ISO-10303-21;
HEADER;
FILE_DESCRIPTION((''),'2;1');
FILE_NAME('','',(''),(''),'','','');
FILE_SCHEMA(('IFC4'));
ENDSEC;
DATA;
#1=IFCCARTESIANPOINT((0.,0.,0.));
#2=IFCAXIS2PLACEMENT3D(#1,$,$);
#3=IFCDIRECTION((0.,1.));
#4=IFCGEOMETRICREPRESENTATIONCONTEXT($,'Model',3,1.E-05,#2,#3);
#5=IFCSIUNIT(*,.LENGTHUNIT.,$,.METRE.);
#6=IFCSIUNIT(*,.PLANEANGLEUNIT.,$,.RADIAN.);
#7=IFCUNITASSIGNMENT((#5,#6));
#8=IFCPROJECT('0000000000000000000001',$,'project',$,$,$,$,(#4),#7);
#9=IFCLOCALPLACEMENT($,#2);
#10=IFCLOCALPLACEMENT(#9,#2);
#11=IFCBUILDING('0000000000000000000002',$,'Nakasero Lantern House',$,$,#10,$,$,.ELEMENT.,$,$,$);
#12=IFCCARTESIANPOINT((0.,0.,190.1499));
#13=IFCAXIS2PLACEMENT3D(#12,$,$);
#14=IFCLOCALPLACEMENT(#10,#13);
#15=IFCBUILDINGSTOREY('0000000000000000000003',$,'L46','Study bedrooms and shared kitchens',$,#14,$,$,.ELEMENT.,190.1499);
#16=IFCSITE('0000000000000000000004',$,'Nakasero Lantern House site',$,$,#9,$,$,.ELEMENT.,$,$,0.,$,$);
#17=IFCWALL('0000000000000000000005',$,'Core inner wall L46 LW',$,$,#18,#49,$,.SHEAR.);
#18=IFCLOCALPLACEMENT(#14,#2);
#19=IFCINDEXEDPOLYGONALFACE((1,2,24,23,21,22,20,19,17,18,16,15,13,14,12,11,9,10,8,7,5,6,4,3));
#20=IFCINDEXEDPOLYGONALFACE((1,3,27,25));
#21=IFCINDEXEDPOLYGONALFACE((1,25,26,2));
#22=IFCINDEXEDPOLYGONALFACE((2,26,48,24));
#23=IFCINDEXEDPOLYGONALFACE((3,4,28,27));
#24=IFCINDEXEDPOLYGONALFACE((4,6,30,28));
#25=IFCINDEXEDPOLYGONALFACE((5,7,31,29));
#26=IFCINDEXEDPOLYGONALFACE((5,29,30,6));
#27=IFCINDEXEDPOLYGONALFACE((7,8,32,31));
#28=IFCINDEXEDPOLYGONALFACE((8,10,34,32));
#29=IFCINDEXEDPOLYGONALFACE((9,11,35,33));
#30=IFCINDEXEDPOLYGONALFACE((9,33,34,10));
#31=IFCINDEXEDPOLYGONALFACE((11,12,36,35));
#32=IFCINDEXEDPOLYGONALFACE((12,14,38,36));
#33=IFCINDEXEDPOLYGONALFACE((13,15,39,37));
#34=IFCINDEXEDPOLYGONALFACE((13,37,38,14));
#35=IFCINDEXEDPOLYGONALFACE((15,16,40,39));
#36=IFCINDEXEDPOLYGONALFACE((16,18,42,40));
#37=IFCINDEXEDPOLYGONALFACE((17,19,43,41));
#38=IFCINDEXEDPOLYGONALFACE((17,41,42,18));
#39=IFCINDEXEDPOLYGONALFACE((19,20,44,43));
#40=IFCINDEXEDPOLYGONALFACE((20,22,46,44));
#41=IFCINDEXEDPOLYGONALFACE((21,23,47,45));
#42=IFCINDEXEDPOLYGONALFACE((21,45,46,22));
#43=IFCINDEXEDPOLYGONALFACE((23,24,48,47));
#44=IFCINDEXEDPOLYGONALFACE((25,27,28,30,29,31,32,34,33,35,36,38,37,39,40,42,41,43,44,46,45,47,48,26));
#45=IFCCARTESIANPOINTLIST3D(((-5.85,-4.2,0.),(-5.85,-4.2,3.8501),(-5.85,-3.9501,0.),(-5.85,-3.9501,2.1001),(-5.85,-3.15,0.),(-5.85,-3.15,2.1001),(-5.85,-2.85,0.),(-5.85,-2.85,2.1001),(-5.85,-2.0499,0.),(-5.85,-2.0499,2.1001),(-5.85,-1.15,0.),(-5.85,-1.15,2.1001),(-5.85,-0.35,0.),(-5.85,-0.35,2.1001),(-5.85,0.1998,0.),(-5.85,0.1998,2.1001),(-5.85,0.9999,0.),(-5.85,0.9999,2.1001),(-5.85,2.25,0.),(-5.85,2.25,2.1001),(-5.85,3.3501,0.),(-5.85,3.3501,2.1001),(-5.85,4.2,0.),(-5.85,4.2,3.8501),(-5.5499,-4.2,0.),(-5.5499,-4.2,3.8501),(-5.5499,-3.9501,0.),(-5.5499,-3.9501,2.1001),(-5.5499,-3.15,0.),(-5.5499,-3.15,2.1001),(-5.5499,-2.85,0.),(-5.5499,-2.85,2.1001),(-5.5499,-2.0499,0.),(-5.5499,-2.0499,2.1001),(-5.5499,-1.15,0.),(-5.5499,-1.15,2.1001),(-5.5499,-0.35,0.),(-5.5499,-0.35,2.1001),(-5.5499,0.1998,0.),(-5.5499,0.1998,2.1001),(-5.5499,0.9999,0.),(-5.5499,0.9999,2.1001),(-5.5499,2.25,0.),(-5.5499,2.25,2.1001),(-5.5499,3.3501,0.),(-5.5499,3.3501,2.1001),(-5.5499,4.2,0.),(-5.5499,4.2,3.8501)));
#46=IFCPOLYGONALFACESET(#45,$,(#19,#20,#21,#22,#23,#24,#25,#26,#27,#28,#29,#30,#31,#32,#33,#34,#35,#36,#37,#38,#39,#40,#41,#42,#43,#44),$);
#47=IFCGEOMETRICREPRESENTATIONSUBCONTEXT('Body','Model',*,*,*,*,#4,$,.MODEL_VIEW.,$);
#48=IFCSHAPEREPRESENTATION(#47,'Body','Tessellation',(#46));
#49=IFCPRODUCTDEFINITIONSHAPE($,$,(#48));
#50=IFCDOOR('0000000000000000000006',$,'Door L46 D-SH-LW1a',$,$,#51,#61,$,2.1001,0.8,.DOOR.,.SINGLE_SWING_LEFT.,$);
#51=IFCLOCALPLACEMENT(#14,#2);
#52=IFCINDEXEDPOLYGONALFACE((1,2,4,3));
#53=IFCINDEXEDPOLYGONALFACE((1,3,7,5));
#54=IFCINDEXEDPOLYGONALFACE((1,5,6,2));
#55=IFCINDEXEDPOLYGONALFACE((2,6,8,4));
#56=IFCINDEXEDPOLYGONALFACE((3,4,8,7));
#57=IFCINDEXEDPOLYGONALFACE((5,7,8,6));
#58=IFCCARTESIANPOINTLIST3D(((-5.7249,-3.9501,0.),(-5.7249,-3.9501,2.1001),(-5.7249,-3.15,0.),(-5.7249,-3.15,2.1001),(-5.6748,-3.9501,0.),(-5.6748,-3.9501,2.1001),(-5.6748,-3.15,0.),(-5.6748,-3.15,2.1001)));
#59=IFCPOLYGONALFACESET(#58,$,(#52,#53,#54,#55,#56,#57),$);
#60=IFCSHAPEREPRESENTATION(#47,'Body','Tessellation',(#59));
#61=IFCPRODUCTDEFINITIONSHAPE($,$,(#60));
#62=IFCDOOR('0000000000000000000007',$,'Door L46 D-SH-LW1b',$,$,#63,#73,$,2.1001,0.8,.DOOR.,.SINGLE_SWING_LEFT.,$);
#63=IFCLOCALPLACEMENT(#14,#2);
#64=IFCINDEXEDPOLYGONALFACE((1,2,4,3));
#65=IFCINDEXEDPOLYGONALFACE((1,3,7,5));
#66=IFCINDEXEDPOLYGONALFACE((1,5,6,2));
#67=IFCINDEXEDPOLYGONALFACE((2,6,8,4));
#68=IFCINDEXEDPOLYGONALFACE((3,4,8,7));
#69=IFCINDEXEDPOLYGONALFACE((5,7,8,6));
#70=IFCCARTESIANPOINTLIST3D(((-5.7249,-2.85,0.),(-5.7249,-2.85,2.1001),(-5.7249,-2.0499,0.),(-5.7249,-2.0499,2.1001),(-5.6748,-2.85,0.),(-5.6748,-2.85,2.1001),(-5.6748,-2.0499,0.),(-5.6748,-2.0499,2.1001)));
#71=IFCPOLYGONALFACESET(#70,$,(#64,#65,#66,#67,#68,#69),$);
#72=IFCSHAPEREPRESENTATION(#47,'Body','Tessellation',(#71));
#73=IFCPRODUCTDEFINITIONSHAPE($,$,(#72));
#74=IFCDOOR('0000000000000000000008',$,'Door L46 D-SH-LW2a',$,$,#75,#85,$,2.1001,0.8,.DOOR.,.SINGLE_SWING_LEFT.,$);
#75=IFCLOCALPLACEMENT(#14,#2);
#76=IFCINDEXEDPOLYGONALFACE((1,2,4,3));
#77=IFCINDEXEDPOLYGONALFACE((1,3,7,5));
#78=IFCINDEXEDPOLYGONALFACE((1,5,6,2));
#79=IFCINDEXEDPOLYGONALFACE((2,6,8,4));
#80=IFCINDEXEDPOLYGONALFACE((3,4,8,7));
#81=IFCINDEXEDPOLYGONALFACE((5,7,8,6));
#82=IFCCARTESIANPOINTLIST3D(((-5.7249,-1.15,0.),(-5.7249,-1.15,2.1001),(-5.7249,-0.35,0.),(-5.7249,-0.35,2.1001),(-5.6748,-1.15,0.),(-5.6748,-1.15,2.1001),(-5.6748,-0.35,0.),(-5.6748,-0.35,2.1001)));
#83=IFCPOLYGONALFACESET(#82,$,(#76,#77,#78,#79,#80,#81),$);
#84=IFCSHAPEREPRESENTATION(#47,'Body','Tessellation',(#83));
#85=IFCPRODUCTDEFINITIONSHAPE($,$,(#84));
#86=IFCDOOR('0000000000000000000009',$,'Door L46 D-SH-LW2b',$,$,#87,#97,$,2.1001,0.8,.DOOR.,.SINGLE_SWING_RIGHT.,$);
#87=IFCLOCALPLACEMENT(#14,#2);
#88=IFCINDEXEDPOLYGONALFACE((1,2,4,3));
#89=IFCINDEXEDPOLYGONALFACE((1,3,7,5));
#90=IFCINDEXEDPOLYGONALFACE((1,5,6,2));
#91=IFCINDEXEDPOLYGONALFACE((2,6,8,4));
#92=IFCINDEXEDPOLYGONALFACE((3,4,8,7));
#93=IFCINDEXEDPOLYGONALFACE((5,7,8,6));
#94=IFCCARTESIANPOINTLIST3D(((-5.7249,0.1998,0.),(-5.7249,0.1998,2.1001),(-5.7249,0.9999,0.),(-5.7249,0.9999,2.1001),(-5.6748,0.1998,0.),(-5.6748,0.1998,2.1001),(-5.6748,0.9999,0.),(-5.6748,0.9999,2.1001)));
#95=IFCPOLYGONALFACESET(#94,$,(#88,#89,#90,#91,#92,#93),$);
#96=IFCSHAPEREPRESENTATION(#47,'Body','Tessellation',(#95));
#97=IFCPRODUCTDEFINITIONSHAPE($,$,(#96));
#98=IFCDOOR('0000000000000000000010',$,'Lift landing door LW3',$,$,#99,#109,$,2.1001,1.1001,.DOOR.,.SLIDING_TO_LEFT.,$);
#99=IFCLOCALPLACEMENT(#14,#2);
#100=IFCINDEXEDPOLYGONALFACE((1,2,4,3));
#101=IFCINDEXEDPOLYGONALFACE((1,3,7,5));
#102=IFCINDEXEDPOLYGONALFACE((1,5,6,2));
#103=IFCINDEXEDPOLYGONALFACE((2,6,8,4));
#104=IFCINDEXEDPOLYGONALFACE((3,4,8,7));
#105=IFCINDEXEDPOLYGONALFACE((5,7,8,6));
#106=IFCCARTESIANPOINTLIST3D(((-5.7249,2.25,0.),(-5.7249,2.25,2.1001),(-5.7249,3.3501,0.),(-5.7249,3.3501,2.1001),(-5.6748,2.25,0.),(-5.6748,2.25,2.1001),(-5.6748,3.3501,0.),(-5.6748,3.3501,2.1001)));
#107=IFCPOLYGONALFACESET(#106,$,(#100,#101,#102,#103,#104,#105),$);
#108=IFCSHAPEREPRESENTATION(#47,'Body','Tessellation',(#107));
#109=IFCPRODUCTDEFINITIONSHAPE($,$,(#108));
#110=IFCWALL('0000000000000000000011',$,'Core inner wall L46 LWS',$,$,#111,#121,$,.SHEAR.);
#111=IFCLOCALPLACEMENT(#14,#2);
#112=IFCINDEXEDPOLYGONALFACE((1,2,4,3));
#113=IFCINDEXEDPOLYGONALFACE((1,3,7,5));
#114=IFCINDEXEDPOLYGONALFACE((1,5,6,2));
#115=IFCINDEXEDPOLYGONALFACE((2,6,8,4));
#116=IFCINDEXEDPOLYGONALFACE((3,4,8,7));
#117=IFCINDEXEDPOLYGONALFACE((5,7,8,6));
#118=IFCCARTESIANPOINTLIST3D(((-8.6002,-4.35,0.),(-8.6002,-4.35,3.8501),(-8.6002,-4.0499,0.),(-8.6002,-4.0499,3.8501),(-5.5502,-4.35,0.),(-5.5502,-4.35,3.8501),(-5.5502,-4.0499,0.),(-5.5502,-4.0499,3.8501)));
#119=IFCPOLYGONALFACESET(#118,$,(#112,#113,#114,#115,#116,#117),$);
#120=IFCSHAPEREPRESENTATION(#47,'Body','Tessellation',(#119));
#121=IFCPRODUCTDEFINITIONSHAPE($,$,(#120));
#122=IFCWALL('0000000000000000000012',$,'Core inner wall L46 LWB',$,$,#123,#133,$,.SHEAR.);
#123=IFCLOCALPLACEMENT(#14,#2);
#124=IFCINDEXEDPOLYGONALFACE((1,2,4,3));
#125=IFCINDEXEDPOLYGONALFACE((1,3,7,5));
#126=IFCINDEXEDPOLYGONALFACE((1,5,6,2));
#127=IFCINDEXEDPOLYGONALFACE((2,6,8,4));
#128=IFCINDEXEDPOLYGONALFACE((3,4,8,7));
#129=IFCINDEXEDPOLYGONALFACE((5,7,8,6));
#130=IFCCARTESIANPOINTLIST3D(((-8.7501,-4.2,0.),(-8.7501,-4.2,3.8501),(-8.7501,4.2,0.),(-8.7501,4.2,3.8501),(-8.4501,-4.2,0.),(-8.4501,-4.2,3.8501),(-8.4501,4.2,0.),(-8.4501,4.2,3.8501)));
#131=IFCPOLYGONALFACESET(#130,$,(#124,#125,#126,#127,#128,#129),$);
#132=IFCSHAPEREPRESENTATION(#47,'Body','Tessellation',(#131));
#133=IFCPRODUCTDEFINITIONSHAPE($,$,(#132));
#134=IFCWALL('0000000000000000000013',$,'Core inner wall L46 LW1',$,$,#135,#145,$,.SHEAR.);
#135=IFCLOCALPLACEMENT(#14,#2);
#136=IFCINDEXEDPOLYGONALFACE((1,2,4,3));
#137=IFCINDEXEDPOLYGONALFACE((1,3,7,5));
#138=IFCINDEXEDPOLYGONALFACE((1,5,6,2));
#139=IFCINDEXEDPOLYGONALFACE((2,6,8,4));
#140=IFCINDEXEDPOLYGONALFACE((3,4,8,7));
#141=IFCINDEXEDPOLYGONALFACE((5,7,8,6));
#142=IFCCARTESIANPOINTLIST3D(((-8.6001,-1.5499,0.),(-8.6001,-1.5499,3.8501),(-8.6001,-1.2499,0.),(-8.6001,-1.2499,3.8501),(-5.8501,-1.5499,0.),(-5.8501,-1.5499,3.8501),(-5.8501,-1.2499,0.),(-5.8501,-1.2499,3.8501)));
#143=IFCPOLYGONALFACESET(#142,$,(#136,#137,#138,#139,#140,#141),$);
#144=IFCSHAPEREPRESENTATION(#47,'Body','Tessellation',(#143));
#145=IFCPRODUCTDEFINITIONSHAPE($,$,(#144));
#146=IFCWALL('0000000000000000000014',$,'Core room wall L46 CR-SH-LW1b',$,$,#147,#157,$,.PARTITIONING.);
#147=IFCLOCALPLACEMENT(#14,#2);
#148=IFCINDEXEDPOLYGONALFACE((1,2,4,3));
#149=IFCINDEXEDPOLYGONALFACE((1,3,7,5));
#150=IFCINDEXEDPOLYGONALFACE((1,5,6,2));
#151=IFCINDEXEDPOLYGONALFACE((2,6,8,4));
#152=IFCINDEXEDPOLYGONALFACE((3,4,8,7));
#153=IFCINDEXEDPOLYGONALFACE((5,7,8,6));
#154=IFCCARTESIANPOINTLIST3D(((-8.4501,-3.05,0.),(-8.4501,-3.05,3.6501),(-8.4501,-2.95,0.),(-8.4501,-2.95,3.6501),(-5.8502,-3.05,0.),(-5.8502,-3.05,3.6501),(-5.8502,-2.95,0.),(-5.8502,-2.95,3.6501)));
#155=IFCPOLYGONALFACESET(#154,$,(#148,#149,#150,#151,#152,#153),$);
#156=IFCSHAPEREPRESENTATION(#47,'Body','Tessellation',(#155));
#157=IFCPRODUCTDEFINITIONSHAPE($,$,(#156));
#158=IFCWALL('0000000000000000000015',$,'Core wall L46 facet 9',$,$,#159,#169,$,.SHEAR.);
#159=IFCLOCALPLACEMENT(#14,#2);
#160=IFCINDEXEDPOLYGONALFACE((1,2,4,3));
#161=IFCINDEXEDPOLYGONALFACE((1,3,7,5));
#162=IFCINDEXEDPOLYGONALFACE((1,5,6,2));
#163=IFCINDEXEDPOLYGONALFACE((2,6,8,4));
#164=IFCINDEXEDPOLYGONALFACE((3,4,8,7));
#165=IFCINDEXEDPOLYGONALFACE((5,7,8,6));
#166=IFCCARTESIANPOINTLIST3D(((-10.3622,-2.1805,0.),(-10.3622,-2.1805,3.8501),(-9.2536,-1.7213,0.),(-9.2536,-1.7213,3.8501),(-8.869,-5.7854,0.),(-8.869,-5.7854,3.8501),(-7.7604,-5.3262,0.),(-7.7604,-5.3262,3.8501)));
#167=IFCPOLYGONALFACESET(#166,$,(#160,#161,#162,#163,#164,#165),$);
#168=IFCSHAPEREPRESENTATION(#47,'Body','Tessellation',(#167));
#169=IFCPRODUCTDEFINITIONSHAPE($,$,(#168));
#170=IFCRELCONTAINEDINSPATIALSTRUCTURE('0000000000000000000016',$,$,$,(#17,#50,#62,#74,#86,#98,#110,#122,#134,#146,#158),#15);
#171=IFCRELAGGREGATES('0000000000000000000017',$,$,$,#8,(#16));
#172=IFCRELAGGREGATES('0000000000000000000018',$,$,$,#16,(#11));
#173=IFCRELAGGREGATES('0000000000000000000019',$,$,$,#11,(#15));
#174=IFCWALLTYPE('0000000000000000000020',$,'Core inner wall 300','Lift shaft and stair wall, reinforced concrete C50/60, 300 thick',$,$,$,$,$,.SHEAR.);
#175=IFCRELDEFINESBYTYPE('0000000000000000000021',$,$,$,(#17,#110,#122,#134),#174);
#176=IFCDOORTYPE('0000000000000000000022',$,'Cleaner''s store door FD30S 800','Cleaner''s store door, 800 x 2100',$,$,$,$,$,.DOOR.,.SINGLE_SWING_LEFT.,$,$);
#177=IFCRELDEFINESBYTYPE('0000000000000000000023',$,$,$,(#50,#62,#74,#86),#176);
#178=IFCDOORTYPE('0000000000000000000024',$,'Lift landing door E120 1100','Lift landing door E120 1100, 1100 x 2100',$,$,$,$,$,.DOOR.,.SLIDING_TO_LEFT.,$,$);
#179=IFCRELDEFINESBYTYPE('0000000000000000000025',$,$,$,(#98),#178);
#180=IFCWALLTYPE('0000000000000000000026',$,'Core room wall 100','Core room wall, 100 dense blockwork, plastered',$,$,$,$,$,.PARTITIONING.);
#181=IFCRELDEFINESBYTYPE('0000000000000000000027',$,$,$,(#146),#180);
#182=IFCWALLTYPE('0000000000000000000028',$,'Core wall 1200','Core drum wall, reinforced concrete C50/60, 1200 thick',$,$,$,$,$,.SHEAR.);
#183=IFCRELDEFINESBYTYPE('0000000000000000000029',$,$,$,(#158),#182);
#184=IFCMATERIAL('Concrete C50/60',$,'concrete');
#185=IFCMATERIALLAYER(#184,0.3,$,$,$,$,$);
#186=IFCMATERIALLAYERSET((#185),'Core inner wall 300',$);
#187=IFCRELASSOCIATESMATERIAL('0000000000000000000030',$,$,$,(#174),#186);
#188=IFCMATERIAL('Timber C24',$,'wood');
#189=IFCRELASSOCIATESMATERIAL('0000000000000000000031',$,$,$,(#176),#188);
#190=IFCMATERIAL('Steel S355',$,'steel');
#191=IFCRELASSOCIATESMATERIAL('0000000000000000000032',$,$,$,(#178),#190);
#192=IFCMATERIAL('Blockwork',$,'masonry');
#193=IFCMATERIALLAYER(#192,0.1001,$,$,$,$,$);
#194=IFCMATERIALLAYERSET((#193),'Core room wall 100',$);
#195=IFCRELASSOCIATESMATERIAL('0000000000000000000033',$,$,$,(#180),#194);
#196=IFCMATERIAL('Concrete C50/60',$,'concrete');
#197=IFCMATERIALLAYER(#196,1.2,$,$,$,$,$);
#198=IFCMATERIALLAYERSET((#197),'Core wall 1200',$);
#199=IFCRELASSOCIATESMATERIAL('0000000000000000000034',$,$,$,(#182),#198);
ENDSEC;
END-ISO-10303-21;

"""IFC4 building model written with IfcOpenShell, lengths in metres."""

from ifc_helpers import new_model, si_unit, direction, frame, frame_2d, origin, place, context, subcontext, project, spatial, rectangle, extrude, material, layer, layer_set, type_object, element, fill, save


model = new_model("IFC4")

# Units and contexts
model_context = context("Model", 3, precision=1e-05, world=origin(), true_north=direction((0.0, 1.0)))
body_context = subcontext(model_context, "Body", "Model", "MODEL_VIEW")
ifc_project = project(units=[si_unit("LENGTHUNIT", "METRE"), si_unit("PLANEANGLEUNIT", "RADIAN")], contexts=[model_context])

# Site, building, storey
site_placement = place(None, origin())
site = spatial("IfcSite", under=ifc_project, at=site_placement, Name="Nakasero Lantern House site", CompositionType="ELEMENT", RefElevation=0.0)
building_placement = place(site_placement, origin())
building = spatial("IfcBuilding", under=site, at=building_placement, Name="Nakasero Lantern House", CompositionType="ELEMENT")
storey_placement = place(building_placement, frame((0.0, 0.0, 190.1499)))
storey = spatial("IfcBuildingStorey", under=building, at=storey_placement, Name="L46", Description="Study bedrooms and shared kitchens", CompositionType="ELEMENT", Elevation=190.1499)

# Wall, openings, doors
ifc_material_1 = material(Name="Concrete C50/60", Category="concrete")
ifc_layer_1 = layer(ifc_material_1, 0.3)
ifc_layer_set_1 = layer_set([ifc_layer_1], Name="Core inner wall 300")
wall_type_1 = type_object("IfcWallType", Name="Core inner wall 300", Description="Lift shaft and stair wall, reinforced concrete C50/60, 300 thick", PredefinedType="SHEAR", material=ifc_layer_set_1)
wall_1_placement = place(storey_placement, frame((-5.7, -4.2, 0.0), z_axis=(0.0, 0.0, 1.0), x_axis=(0.0, 1.0, 0.0)))
wall_1 = element("IfcWall", 1, at=wall_1_placement, inside=storey, type_object=wall_type_1, Name="Core inner wall L46 LW", PredefinedType="SHEAR", context=body_context, shape_type="SweptSolid", body=[
    extrude(rectangle(XDim=8.3999, YDim=0.3, at=frame_2d((4.2, 0.0))), origin(), (0.0, 0.0, 1.0), 3.8501),
])
opening_1_placement = place(wall_1_placement, frame((0.25, 0.0, 0.0)))
opening_1 = element("IfcOpeningElement", 2, at=opening_1_placement, cuts=wall_1, PredefinedType="OPENING", context=body_context, shape_type="SweptSolid", body=[
    extrude(rectangle(XDim=0.8, YDim=2.1001, at=frame_2d((0.3999, 1.05))), frame((0.0, 0.1699, 0.0), z_axis=(0.0, -1.0, 0.0), x_axis=(1.0, 0.0, 0.0)), (0.0, 0.0, 1.0), 0.3401),
])
opening_2_placement = place(wall_1_placement, frame((1.3501, 0.0, 0.0)))
opening_2 = element("IfcOpeningElement", 3, at=opening_2_placement, cuts=wall_1, PredefinedType="OPENING", context=body_context, shape_type="SweptSolid", body=[
    extrude(rectangle(XDim=0.8, YDim=2.1001, at=frame_2d((0.3999, 1.05))), frame((0.0, 0.1699, 0.0), z_axis=(0.0, -1.0, 0.0), x_axis=(1.0, 0.0, 0.0)), (0.0, 0.0, 1.0), 0.3401),
])
opening_3_placement = place(wall_1_placement, frame((3.05, 0.0, 0.0)))
opening_3 = element("IfcOpeningElement", 4, at=opening_3_placement, cuts=wall_1, PredefinedType="OPENING", context=body_context, shape_type="SweptSolid", body=[
    extrude(rectangle(XDim=0.8, YDim=2.1001, at=frame_2d((0.3999, 1.05))), frame((0.0, 0.1699, 0.0), z_axis=(0.0, -1.0, 0.0), x_axis=(1.0, 0.0, 0.0)), (0.0, 0.0, 1.0), 0.3401),
])
opening_4_placement = place(wall_1_placement, frame((4.3999, 0.0, 0.0)))
opening_4 = element("IfcOpeningElement", 5, at=opening_4_placement, cuts=wall_1, PredefinedType="OPENING", context=body_context, shape_type="SweptSolid", body=[
    extrude(rectangle(XDim=0.8, YDim=2.1001, at=frame_2d((0.3999, 1.05))), frame((0.0, 0.1699, 0.0), z_axis=(0.0, -1.0, 0.0), x_axis=(1.0, 0.0, 0.0)), (0.0, 0.0, 1.0), 0.3401),
])
opening_5_placement = place(wall_1_placement, frame((6.45, 0.0, 0.0)))
opening_5 = element("IfcOpeningElement", 6, at=opening_5_placement, cuts=wall_1, PredefinedType="OPENING", context=body_context, shape_type="SweptSolid", body=[
    extrude(rectangle(XDim=1.1001, YDim=2.1001, at=frame_2d((0.55, 1.05))), frame((0.0, 0.1699, 0.0), z_axis=(0.0, -1.0, 0.0), x_axis=(1.0, 0.0, 0.0)), (0.0, 0.0, 1.0), 0.3401),
])
ifc_material_2 = material(Name="Timber C24", Category="wood")
door_type_1 = type_object("IfcDoorType", Name="Cleaner's store door FD30S 800", Description="Cleaner's store door, 800 x 2100", OperationType="SINGLE_SWING_LEFT", PredefinedType="DOOR", material=ifc_material_2)
door_1_placement = place(opening_1_placement, origin())
door_1 = element("IfcDoor", 7, at=door_1_placement, inside=storey, type_object=door_type_1, Name="Door L46 D-SH-LW1a", OperationType="SINGLE_SWING_LEFT", OverallHeight=2.1001, OverallWidth=0.8, PredefinedType="DOOR", context=body_context, shape_type="SweptSolid", body=[
    extrude(rectangle(XDim=0.8, YDim=2.1001, at=frame_2d((0.3999, 1.05))), frame((0.0, 0.0249, 0.0), z_axis=(0.0, -1.0, 0.0), x_axis=(1.0, 0.0, 0.0)), (0.0, 0.0, 1.0), 0.05),
])
fill(opening_1, door_1)
door_2_placement = place(opening_2_placement, origin())
door_2 = element("IfcDoor", 8, at=door_2_placement, inside=storey, type_object=door_type_1, Name="Door L46 D-SH-LW1b", OperationType="SINGLE_SWING_LEFT", OverallHeight=2.1001, OverallWidth=0.8, PredefinedType="DOOR", context=body_context, shape_type="SweptSolid", body=[
    extrude(rectangle(XDim=0.8, YDim=2.1001, at=frame_2d((0.3999, 1.05))), frame((0.0, 0.0249, 0.0), z_axis=(0.0, -1.0, 0.0), x_axis=(1.0, 0.0, 0.0)), (0.0, 0.0, 1.0), 0.05),
])
fill(opening_2, door_2)
door_3_placement = place(opening_3_placement, origin())
door_3 = element("IfcDoor", 9, at=door_3_placement, inside=storey, type_object=door_type_1, Name="Door L46 D-SH-LW2a", OperationType="SINGLE_SWING_LEFT", OverallHeight=2.1001, OverallWidth=0.8, PredefinedType="DOOR", context=body_context, shape_type="SweptSolid", body=[
    extrude(rectangle(XDim=0.8, YDim=2.1001, at=frame_2d((0.3999, 1.05))), frame((0.0, 0.0249, 0.0), z_axis=(0.0, -1.0, 0.0), x_axis=(1.0, 0.0, 0.0)), (0.0, 0.0, 1.0), 0.05),
])
fill(opening_3, door_3)
door_4_placement = place(opening_4_placement, origin())
door_4 = element("IfcDoor", 10, at=door_4_placement, inside=storey, type_object=door_type_1, Name="Door L46 D-SH-LW2b", OperationType="SINGLE_SWING_RIGHT", OverallHeight=2.1001, OverallWidth=0.8, PredefinedType="DOOR", context=body_context, shape_type="SweptSolid", body=[
    extrude(rectangle(XDim=0.8, YDim=2.1001, at=frame_2d((0.3999, 1.05))), frame((0.0, 0.0249, 0.0), z_axis=(0.0, -1.0, 0.0), x_axis=(1.0, 0.0, 0.0)), (0.0, 0.0, 1.0), 0.05),
])
fill(opening_4, door_4)
ifc_material_3 = material(Name="Steel S355", Category="steel")
door_type_2 = type_object("IfcDoorType", Name="Lift landing door E120 1100", Description="Lift landing door E120 1100, 1100 x 2100", OperationType="SLIDING_TO_LEFT", PredefinedType="DOOR", material=ifc_material_3)
door_5_placement = place(opening_5_placement, origin())
door_5 = element("IfcDoor", 11, at=door_5_placement, inside=storey, type_object=door_type_2, Name="Lift landing door LW3", OperationType="SLIDING_TO_LEFT", OverallHeight=2.1001, OverallWidth=1.1001, PredefinedType="DOOR", context=body_context, shape_type="SweptSolid", body=[
    extrude(rectangle(XDim=1.1001, YDim=2.1001, at=frame_2d((0.55, 1.05))), frame((0.0, 0.0249, 0.0), z_axis=(0.0, -1.0, 0.0), x_axis=(1.0, 0.0, 0.0)), (0.0, 0.0, 1.0), 0.05),
])
fill(opening_5, door_5)

# Walls
wall_2_placement = place(storey_placement, frame((-8.6001, -4.2, 0.0), z_axis=(0.0, 0.0, 1.0), x_axis=(1.0, 0.0, 0.0)))
element("IfcWall", 12, at=wall_2_placement, inside=storey, type_object=wall_type_1, Name="Core inner wall L46 LWS", PredefinedType="SHEAR", context=body_context, shape_type="SweptSolid", body=[
    extrude(rectangle(XDim=3.05, YDim=0.3, at=frame_2d((1.5249, 0.0))), origin(), (0.0, 0.0, 1.0), 3.8501),
])
wall_3_placement = place(storey_placement, frame((-8.6001, -4.2, 0.0), z_axis=(0.0, 0.0, 1.0), x_axis=(0.0, 1.0, 0.0)))
element("IfcWall", 13, at=wall_3_placement, inside=storey, type_object=wall_type_1, Name="Core inner wall L46 LWB", PredefinedType="SHEAR", context=body_context, shape_type="SweptSolid", body=[
    extrude(rectangle(XDim=8.3999, YDim=0.3, at=frame_2d((4.2, 0.0))), origin(), (0.0, 0.0, 1.0), 3.8501),
])
wall_4_placement = place(storey_placement, frame((-8.6001, -1.3999, 0.0), z_axis=(0.0, 0.0, 1.0), x_axis=(1.0, 0.0, 0.0)))
element("IfcWall", 14, at=wall_4_placement, inside=storey, type_object=wall_type_1, Name="Core inner wall L46 LW1", PredefinedType="SHEAR", context=body_context, shape_type="SweptSolid", body=[
    extrude(rectangle(XDim=2.75, YDim=0.3, at=frame_2d((1.375, 0.0))), origin(), (0.0, 0.0, 1.0), 3.8501),
])
ifc_material_4 = material(Name="Blockwork", Category="masonry")
ifc_layer_2 = layer(ifc_material_4, 0.1001)
ifc_layer_set_2 = layer_set([ifc_layer_2], Name="Core room wall 100")
wall_type_2 = type_object("IfcWallType", Name="Core room wall 100", Description="Core room wall, 100 dense blockwork, plastered", PredefinedType="PARTITIONING", material=ifc_layer_set_2)
wall_5_placement = place(storey_placement, frame((-8.45, -3.0, 0.0), z_axis=(0.0, 0.0, 1.0), x_axis=(1.0, 0.0, 0.0)))
element("IfcWall", 15, at=wall_5_placement, inside=storey, type_object=wall_type_2, Name="Core room wall L46 CR-SH-LW1b", PredefinedType="PARTITIONING", context=body_context, shape_type="SweptSolid", body=[
    extrude(rectangle(XDim=2.5999, YDim=0.1001, at=frame_2d((1.2998, 0.0))), origin(), (0.0, 0.0, 1.0), 3.6501),
])
ifc_material_5 = material(Name="Concrete C50/60", Category="concrete")
ifc_layer_3 = layer(ifc_material_5, 1.2)
ifc_layer_set_3 = layer_set([ifc_layer_3], Name="Core wall 1200")
wall_type_3 = type_object("IfcWallType", Name="Core wall 1200", Description="Core drum wall, reinforced concrete C50/60, 1200 thick", PredefinedType="SHEAR", material=ifc_layer_set_3)
wall_6_placement = place(storey_placement, frame((-9.8079, -1.9509, 0.0), z_axis=(0.0, 0.0, 1.0), x_axis=(0.382691, -0.923877, 0.0)))
element("IfcWall", 16, at=wall_6_placement, inside=storey, type_object=wall_type_3, Name="Core wall L46 facet 9", PredefinedType="SHEAR", context=body_context, shape_type="SweptSolid", body=[
    extrude(rectangle(XDim=3.9019, YDim=1.2, at=frame_2d((1.9509, 0.0))), origin(), (0.0, 0.0, 1.0), 3.8501),
])

save(model, "model.ifc")
